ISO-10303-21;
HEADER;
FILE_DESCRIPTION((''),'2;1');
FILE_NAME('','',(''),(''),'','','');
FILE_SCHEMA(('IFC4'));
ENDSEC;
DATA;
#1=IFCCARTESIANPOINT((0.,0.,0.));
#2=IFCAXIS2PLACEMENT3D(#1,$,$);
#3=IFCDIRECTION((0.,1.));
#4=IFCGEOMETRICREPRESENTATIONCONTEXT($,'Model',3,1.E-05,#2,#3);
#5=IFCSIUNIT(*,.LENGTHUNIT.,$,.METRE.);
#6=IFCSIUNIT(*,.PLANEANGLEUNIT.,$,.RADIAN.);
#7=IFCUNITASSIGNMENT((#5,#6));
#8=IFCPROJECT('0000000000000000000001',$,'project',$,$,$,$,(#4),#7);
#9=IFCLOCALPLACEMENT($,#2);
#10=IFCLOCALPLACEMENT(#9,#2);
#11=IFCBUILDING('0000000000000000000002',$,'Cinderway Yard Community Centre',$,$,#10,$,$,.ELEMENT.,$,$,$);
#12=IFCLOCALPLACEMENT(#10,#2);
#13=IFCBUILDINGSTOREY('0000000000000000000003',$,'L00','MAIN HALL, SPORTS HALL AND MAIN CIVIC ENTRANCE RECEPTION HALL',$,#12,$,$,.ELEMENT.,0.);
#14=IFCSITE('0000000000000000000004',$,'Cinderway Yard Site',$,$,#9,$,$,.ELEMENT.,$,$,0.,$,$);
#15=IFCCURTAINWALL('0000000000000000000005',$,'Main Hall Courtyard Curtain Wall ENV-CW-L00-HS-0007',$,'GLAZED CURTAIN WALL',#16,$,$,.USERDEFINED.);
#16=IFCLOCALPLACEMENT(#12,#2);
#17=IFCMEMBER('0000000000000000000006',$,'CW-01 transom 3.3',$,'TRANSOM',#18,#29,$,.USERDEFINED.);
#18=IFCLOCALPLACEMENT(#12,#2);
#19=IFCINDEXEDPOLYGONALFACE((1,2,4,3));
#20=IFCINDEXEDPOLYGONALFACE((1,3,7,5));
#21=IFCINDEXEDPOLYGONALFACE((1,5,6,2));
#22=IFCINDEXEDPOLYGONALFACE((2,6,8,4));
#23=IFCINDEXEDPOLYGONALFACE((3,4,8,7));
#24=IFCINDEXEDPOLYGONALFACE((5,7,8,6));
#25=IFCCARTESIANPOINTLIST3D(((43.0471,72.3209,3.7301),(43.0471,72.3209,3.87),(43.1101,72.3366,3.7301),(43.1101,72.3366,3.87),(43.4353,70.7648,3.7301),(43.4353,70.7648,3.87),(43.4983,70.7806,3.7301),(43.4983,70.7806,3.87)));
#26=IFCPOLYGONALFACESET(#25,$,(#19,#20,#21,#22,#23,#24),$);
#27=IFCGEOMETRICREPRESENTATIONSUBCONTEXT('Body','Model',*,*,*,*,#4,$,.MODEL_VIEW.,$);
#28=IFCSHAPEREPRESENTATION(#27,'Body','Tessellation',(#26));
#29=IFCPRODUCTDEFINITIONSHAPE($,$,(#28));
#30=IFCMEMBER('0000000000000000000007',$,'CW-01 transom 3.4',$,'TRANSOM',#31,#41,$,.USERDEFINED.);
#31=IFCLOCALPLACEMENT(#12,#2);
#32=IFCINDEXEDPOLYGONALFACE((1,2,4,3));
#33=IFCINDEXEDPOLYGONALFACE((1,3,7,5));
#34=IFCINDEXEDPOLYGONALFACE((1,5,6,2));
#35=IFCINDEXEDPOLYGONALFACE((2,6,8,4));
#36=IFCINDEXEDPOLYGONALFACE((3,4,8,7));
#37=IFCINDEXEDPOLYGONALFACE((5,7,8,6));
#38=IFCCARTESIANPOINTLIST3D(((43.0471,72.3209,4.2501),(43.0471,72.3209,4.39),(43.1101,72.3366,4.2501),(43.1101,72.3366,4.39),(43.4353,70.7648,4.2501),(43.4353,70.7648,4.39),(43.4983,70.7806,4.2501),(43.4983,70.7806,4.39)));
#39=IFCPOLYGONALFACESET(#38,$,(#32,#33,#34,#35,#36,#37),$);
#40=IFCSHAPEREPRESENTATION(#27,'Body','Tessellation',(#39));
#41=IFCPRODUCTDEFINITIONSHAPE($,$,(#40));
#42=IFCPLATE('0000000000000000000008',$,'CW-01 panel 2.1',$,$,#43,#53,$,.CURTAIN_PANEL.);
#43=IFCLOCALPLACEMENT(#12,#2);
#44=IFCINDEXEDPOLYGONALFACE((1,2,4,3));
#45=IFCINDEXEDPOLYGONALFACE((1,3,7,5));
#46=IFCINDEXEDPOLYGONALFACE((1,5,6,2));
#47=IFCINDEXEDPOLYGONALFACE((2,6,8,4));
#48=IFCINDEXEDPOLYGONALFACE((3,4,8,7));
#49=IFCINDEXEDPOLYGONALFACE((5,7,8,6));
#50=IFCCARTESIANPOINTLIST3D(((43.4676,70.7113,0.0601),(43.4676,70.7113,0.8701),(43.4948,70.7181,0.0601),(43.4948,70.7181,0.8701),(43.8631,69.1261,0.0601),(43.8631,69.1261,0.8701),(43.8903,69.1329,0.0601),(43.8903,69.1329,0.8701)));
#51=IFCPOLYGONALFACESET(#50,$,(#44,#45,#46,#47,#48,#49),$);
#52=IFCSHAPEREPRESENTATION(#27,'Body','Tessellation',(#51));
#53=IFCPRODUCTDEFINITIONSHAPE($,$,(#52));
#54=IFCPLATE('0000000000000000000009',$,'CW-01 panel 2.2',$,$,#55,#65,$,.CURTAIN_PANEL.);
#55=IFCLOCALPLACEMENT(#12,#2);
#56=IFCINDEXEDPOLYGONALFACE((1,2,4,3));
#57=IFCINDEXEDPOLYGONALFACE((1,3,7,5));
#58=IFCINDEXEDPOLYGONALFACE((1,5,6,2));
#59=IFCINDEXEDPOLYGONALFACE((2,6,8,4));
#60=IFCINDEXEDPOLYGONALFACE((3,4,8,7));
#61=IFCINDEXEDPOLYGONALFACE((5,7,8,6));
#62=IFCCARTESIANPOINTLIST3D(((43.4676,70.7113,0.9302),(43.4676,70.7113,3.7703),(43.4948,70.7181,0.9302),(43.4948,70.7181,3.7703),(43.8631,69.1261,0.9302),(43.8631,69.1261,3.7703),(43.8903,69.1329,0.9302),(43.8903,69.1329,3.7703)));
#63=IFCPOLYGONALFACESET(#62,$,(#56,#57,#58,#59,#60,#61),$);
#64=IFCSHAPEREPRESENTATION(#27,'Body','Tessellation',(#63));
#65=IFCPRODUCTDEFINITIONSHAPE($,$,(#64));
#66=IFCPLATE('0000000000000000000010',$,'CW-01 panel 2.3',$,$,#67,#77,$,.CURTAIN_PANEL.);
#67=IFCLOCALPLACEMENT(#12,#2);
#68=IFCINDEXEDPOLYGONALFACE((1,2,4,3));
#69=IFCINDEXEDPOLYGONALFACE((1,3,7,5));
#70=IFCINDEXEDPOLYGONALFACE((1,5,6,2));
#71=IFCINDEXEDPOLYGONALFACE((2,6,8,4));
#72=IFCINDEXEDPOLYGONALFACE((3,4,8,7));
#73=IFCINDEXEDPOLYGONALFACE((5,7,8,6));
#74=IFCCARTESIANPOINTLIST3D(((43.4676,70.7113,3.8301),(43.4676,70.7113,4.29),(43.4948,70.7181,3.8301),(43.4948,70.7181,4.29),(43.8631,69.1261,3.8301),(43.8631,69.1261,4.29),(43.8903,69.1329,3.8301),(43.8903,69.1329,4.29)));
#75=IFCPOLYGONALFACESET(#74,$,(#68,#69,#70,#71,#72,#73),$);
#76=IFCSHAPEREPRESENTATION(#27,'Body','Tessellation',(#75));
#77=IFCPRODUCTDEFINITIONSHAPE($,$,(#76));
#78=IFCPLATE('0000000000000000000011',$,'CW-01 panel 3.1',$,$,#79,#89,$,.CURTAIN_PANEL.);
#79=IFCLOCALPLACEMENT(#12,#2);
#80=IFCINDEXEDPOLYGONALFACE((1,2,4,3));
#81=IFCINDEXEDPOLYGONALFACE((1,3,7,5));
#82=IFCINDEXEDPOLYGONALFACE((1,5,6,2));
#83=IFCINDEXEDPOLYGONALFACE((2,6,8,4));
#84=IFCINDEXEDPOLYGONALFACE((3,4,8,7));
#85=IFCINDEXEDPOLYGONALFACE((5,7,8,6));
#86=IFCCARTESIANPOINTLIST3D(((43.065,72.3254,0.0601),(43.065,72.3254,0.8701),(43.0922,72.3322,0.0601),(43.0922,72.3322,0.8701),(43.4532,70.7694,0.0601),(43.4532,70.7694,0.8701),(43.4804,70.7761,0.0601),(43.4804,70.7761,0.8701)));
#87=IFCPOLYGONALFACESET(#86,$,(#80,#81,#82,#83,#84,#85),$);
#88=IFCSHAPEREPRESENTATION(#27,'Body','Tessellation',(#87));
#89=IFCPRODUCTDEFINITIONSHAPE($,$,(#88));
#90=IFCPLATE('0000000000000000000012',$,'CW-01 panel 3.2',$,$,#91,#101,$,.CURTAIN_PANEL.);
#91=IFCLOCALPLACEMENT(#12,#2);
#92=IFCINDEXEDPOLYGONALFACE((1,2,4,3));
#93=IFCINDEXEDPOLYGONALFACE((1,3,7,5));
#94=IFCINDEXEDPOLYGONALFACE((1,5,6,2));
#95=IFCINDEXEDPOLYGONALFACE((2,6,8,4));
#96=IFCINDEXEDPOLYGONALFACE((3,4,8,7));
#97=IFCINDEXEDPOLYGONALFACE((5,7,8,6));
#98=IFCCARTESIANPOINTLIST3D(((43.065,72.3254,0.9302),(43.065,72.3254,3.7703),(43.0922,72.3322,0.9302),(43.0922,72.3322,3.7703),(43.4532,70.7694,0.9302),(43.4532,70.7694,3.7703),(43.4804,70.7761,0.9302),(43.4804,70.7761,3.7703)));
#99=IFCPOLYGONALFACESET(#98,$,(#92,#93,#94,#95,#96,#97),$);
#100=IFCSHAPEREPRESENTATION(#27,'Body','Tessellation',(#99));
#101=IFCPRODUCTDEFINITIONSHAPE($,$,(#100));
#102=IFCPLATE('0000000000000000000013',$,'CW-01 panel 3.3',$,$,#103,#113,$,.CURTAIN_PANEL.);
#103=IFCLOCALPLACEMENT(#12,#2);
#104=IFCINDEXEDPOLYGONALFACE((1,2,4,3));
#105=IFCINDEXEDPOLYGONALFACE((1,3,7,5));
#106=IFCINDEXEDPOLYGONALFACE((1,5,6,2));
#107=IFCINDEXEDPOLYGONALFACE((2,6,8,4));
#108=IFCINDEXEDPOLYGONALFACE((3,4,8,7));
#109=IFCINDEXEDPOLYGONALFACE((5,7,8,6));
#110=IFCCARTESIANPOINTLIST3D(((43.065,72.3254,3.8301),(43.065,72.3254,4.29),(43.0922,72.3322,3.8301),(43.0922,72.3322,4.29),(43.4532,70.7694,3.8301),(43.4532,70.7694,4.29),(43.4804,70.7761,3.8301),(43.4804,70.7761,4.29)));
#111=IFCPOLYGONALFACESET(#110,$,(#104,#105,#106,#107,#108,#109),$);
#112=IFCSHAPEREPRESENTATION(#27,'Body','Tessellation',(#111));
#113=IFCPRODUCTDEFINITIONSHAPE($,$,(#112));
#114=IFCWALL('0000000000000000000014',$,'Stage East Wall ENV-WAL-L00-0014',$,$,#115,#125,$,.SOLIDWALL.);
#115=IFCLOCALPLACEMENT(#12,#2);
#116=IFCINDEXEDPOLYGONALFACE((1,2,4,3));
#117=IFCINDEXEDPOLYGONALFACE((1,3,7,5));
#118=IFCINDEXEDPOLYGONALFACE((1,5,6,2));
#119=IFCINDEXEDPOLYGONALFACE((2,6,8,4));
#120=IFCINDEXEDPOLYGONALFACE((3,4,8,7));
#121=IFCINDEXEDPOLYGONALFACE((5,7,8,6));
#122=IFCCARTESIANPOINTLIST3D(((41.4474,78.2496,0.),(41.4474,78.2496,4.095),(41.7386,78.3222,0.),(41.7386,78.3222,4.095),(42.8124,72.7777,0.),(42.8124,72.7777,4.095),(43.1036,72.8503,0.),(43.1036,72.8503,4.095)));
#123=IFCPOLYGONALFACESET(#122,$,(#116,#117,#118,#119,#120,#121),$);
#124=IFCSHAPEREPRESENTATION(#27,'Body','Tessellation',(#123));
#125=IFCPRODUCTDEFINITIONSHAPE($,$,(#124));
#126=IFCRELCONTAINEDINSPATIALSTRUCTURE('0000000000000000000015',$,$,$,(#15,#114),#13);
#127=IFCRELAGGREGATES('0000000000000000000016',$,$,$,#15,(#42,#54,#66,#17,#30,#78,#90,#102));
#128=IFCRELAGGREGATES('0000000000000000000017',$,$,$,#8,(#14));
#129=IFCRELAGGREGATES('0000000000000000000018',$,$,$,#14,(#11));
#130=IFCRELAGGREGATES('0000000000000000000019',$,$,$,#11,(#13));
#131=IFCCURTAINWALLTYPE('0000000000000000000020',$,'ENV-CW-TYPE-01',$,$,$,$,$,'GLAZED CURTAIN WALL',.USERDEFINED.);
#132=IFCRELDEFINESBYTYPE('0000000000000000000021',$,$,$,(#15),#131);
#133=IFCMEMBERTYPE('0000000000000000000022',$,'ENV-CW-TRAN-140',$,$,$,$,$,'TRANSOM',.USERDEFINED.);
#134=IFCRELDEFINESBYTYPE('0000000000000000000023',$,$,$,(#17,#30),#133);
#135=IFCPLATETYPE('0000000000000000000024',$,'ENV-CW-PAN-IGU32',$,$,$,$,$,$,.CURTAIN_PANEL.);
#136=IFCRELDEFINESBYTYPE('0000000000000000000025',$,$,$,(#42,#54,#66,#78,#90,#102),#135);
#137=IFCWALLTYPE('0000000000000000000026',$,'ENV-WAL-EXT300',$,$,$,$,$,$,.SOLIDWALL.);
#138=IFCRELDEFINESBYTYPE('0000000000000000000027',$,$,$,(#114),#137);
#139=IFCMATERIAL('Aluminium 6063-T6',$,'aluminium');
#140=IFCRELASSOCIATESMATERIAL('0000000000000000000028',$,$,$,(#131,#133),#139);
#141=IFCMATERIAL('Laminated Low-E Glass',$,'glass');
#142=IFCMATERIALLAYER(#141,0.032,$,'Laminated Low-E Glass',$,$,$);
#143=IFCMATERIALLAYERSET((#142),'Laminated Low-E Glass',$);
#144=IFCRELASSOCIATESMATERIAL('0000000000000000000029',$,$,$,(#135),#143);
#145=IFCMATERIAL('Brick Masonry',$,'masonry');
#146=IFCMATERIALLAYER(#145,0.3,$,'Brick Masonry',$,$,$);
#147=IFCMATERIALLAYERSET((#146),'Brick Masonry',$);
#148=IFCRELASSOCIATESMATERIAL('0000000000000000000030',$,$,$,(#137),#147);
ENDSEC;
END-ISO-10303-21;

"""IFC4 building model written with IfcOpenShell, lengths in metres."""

from ifc_helpers import new_model, si_unit, direction, frame, frame_2d, origin, origin_2d, place, context, subcontext, project, spatial, rectangle, extrude, material, layer, layer_set, material_profile, profile_set, type_object, element, aggregate, save


model = new_model("IFC4")

# Units and contexts
model_context = context("Model", 3, precision=1e-05, world=origin(), true_north=direction((0.0, 1.0)))
body_context = subcontext(model_context, "Body", "Model", "MODEL_VIEW")
ifc_project = project(units=[si_unit("LENGTHUNIT", "METRE"), si_unit("PLANEANGLEUNIT", "RADIAN")], contexts=[model_context])

# Site, building, storey
site_placement = place(None, origin())
site = spatial("IfcSite", under=ifc_project, at=site_placement, Name="Cinderway Yard Site", CompositionType="ELEMENT", RefElevation=0.0)
building_placement = place(site_placement, origin())
building = spatial("IfcBuilding", under=site, at=building_placement, Name="Cinderway Yard Community Centre", CompositionType="ELEMENT")
storey_placement = place(building_placement, origin())
storey = spatial("IfcBuildingStorey", under=building, at=storey_placement, Name="L00", Description="MAIN HALL, SPORTS HALL AND MAIN CIVIC ENTRANCE RECEPTION HALL", CompositionType="ELEMENT", Elevation=0.0)

# Curtain wall, members, plates
ifc_material_1 = material(Name="Aluminium 6063-T6", Category="aluminium")
curtain_wall_type = type_object("IfcCurtainWallType", Name="ENV-CW-TYPE-01", ElementType="GLAZED CURTAIN WALL", PredefinedType="USERDEFINED", material=ifc_material_1)
curtain_wall_placement = place(storey_placement, origin())
curtain_wall = element("IfcCurtainWall", 1, at=curtain_wall_placement, inside=storey, type_object=curtain_wall_type, Name="Main Hall Courtyard Curtain Wall ENV-CW-L00-HS-0007", ObjectType="GLAZED CURTAIN WALL", PredefinedType="USERDEFINED")
ifc_material_profile_1 = material_profile(ifc_material_1, rectangle(XDim=0.0649, YDim=0.1399, at=origin_2d()), Name="Aluminium 6063-T6")
ifc_profile_set_1 = profile_set([ifc_material_profile_1], Name="Aluminium 6063-T6")
member_type_1 = type_object("IfcMemberType", Name="ENV-CW-TRAN-140", ElementType="TRANSOM", PredefinedType="USERDEFINED", material=ifc_profile_set_1)
member_1_placement = place(storey_placement, frame((43.4668, 70.7727, 3.8), z_axis=(-0.242034, 0.970268, 0.0), x_axis=(-0.970268, -0.242034, 0.0)))
member_1 = element("IfcMember", 2, at=member_1_placement, type_object=member_type_1, Name="CW-01 transom 3.3", ObjectType="TRANSOM", PredefinedType="USERDEFINED", context=body_context, shape_type="SweptSolid", body=[
    extrude(rectangle(XDim=0.0649, YDim=0.1399, at=origin_2d()), origin(), (0.0, 0.0, 1.0), 1.6038),
])
member_2_placement = place(storey_placement, frame((43.4668, 70.7727, 4.3201), z_axis=(-0.242034, 0.970268, 0.0), x_axis=(-0.970268, -0.242034, 0.0)))
member_2 = element("IfcMember", 3, at=member_2_placement, type_object=member_type_1, Name="CW-01 transom 3.4", ObjectType="TRANSOM", PredefinedType="USERDEFINED", context=body_context, shape_type="SweptSolid", body=[
    extrude(rectangle(XDim=0.0649, YDim=0.1399, at=origin_2d()), origin(), (0.0, 0.0, 1.0), 1.6038),
])
ifc_material_2 = material(Name="Laminated Low-E Glass", Category="glass")
ifc_layer_1 = layer(ifc_material_2, 0.032, Name="Laminated Low-E Glass")
ifc_layer_set_1 = layer_set([ifc_layer_1], Name="Laminated Low-E Glass")
plate_type = type_object("IfcPlateType", Name="ENV-CW-PAN-IGU32", PredefinedType="CURTAIN_PANEL", material=ifc_layer_set_1)
plate_1_placement = place(storey_placement, frame((43.679, 69.9221, 0.0601), z_axis=(0.0, 0.0, 1.0), x_axis=(-0.242073, 0.970258, 0.0)))
plate_1 = element("IfcPlate", 4, at=plate_1_placement, type_object=plate_type, Name="CW-01 panel 2.1", PredefinedType="CURTAIN_PANEL", context=body_context, shape_type="SweptSolid", body=[
    extrude(rectangle(XDim=1.6338, YDim=0.0281, at=origin_2d()), origin(), (0.0, 0.0, 1.0), 0.8101),
])
plate_2_placement = place(storey_placement, frame((43.679, 69.9221, 0.9302), z_axis=(0.0, 0.0, 1.0), x_axis=(-0.242073, 0.970258, 0.0)))
plate_2 = element("IfcPlate", 5, at=plate_2_placement, type_object=plate_type, Name="CW-01 panel 2.2", PredefinedType="CURTAIN_PANEL", context=body_context, shape_type="SweptSolid", body=[
    extrude(rectangle(XDim=1.6338, YDim=0.0281, at=origin_2d()), origin(), (0.0, 0.0, 1.0), 2.8401),
])
plate_3_placement = place(storey_placement, frame((43.679, 69.9221, 3.8301), z_axis=(0.0, 0.0, 1.0), x_axis=(-0.242073, 0.970258, 0.0)))
plate_3 = element("IfcPlate", 6, at=plate_3_placement, type_object=plate_type, Name="CW-01 panel 2.3", PredefinedType="CURTAIN_PANEL", context=body_context, shape_type="SweptSolid", body=[
    extrude(rectangle(XDim=1.6338, YDim=0.0281, at=origin_2d()), origin(), (0.0, 0.0, 1.0), 0.46),
])
plate_4_placement = place(storey_placement, frame((43.2727, 71.5508, 0.0601), z_axis=(0.0, 0.0, 1.0), x_axis=(-0.242073, 0.970258, 0.0)))
plate_4 = element("IfcPlate", 7, at=plate_4_placement, type_object=plate_type, Name="CW-01 panel 3.1", PredefinedType="CURTAIN_PANEL", context=body_context, shape_type="SweptSolid", body=[
    extrude(rectangle(XDim=1.6038, YDim=0.0281, at=origin_2d()), origin(), (0.0, 0.0, 1.0), 0.8101),
])
plate_5_placement = place(storey_placement, frame((43.2727, 71.5508, 0.9302), z_axis=(0.0, 0.0, 1.0), x_axis=(-0.242073, 0.970258, 0.0)))
plate_5 = element("IfcPlate", 8, at=plate_5_placement, type_object=plate_type, Name="CW-01 panel 3.2", PredefinedType="CURTAIN_PANEL", context=body_context, shape_type="SweptSolid", body=[
    extrude(rectangle(XDim=1.6038, YDim=0.0281, at=origin_2d()), origin(), (0.0, 0.0, 1.0), 2.8401),
])
plate_6_placement = place(storey_placement, frame((43.2727, 71.5508, 3.8301), z_axis=(0.0, 0.0, 1.0), x_axis=(-0.242073, 0.970258, 0.0)))
plate_6 = element("IfcPlate", 9, at=plate_6_placement, type_object=plate_type, Name="CW-01 panel 3.3", PredefinedType="CURTAIN_PANEL", context=body_context, shape_type="SweptSolid", body=[
    extrude(rectangle(XDim=1.6038, YDim=0.0281, at=origin_2d()), origin(), (0.0, 0.0, 1.0), 0.46),
])
aggregate(curtain_wall, [plate_1, plate_2, plate_3, member_1, member_2, plate_4, plate_5, plate_6])

# Wall
ifc_material_3 = material(Name="Brick Masonry", Category="masonry")
ifc_layer_2 = layer(ifc_material_3, 0.3, Name="Brick Masonry")
ifc_layer_set_2 = layer_set([ifc_layer_2], Name="Brick Masonry")
wall_type = type_object("IfcWallType", Name="ENV-WAL-EXT300", PredefinedType="SOLIDWALL", material=ifc_layer_set_2)
wall_placement = place(storey_placement, frame((42.958, 72.814, 0.0), z_axis=(0.0, 0.0, 1.0), x_axis=(-0.242036, 0.970267, 0.0)))
element("IfcWall", 10, at=wall_placement, inside=storey, type_object=wall_type, Name="Stage East Wall ENV-WAL-L00-0014", PredefinedType="SOLIDWALL", context=body_context, shape_type="SweptSolid", body=[
    extrude(rectangle(XDim=5.6396, YDim=0.3, at=frame_2d((2.8198, 0.0))), origin(), (0.0, 0.0, 1.0), 4.095),
])

save(model, "model.ifc")
